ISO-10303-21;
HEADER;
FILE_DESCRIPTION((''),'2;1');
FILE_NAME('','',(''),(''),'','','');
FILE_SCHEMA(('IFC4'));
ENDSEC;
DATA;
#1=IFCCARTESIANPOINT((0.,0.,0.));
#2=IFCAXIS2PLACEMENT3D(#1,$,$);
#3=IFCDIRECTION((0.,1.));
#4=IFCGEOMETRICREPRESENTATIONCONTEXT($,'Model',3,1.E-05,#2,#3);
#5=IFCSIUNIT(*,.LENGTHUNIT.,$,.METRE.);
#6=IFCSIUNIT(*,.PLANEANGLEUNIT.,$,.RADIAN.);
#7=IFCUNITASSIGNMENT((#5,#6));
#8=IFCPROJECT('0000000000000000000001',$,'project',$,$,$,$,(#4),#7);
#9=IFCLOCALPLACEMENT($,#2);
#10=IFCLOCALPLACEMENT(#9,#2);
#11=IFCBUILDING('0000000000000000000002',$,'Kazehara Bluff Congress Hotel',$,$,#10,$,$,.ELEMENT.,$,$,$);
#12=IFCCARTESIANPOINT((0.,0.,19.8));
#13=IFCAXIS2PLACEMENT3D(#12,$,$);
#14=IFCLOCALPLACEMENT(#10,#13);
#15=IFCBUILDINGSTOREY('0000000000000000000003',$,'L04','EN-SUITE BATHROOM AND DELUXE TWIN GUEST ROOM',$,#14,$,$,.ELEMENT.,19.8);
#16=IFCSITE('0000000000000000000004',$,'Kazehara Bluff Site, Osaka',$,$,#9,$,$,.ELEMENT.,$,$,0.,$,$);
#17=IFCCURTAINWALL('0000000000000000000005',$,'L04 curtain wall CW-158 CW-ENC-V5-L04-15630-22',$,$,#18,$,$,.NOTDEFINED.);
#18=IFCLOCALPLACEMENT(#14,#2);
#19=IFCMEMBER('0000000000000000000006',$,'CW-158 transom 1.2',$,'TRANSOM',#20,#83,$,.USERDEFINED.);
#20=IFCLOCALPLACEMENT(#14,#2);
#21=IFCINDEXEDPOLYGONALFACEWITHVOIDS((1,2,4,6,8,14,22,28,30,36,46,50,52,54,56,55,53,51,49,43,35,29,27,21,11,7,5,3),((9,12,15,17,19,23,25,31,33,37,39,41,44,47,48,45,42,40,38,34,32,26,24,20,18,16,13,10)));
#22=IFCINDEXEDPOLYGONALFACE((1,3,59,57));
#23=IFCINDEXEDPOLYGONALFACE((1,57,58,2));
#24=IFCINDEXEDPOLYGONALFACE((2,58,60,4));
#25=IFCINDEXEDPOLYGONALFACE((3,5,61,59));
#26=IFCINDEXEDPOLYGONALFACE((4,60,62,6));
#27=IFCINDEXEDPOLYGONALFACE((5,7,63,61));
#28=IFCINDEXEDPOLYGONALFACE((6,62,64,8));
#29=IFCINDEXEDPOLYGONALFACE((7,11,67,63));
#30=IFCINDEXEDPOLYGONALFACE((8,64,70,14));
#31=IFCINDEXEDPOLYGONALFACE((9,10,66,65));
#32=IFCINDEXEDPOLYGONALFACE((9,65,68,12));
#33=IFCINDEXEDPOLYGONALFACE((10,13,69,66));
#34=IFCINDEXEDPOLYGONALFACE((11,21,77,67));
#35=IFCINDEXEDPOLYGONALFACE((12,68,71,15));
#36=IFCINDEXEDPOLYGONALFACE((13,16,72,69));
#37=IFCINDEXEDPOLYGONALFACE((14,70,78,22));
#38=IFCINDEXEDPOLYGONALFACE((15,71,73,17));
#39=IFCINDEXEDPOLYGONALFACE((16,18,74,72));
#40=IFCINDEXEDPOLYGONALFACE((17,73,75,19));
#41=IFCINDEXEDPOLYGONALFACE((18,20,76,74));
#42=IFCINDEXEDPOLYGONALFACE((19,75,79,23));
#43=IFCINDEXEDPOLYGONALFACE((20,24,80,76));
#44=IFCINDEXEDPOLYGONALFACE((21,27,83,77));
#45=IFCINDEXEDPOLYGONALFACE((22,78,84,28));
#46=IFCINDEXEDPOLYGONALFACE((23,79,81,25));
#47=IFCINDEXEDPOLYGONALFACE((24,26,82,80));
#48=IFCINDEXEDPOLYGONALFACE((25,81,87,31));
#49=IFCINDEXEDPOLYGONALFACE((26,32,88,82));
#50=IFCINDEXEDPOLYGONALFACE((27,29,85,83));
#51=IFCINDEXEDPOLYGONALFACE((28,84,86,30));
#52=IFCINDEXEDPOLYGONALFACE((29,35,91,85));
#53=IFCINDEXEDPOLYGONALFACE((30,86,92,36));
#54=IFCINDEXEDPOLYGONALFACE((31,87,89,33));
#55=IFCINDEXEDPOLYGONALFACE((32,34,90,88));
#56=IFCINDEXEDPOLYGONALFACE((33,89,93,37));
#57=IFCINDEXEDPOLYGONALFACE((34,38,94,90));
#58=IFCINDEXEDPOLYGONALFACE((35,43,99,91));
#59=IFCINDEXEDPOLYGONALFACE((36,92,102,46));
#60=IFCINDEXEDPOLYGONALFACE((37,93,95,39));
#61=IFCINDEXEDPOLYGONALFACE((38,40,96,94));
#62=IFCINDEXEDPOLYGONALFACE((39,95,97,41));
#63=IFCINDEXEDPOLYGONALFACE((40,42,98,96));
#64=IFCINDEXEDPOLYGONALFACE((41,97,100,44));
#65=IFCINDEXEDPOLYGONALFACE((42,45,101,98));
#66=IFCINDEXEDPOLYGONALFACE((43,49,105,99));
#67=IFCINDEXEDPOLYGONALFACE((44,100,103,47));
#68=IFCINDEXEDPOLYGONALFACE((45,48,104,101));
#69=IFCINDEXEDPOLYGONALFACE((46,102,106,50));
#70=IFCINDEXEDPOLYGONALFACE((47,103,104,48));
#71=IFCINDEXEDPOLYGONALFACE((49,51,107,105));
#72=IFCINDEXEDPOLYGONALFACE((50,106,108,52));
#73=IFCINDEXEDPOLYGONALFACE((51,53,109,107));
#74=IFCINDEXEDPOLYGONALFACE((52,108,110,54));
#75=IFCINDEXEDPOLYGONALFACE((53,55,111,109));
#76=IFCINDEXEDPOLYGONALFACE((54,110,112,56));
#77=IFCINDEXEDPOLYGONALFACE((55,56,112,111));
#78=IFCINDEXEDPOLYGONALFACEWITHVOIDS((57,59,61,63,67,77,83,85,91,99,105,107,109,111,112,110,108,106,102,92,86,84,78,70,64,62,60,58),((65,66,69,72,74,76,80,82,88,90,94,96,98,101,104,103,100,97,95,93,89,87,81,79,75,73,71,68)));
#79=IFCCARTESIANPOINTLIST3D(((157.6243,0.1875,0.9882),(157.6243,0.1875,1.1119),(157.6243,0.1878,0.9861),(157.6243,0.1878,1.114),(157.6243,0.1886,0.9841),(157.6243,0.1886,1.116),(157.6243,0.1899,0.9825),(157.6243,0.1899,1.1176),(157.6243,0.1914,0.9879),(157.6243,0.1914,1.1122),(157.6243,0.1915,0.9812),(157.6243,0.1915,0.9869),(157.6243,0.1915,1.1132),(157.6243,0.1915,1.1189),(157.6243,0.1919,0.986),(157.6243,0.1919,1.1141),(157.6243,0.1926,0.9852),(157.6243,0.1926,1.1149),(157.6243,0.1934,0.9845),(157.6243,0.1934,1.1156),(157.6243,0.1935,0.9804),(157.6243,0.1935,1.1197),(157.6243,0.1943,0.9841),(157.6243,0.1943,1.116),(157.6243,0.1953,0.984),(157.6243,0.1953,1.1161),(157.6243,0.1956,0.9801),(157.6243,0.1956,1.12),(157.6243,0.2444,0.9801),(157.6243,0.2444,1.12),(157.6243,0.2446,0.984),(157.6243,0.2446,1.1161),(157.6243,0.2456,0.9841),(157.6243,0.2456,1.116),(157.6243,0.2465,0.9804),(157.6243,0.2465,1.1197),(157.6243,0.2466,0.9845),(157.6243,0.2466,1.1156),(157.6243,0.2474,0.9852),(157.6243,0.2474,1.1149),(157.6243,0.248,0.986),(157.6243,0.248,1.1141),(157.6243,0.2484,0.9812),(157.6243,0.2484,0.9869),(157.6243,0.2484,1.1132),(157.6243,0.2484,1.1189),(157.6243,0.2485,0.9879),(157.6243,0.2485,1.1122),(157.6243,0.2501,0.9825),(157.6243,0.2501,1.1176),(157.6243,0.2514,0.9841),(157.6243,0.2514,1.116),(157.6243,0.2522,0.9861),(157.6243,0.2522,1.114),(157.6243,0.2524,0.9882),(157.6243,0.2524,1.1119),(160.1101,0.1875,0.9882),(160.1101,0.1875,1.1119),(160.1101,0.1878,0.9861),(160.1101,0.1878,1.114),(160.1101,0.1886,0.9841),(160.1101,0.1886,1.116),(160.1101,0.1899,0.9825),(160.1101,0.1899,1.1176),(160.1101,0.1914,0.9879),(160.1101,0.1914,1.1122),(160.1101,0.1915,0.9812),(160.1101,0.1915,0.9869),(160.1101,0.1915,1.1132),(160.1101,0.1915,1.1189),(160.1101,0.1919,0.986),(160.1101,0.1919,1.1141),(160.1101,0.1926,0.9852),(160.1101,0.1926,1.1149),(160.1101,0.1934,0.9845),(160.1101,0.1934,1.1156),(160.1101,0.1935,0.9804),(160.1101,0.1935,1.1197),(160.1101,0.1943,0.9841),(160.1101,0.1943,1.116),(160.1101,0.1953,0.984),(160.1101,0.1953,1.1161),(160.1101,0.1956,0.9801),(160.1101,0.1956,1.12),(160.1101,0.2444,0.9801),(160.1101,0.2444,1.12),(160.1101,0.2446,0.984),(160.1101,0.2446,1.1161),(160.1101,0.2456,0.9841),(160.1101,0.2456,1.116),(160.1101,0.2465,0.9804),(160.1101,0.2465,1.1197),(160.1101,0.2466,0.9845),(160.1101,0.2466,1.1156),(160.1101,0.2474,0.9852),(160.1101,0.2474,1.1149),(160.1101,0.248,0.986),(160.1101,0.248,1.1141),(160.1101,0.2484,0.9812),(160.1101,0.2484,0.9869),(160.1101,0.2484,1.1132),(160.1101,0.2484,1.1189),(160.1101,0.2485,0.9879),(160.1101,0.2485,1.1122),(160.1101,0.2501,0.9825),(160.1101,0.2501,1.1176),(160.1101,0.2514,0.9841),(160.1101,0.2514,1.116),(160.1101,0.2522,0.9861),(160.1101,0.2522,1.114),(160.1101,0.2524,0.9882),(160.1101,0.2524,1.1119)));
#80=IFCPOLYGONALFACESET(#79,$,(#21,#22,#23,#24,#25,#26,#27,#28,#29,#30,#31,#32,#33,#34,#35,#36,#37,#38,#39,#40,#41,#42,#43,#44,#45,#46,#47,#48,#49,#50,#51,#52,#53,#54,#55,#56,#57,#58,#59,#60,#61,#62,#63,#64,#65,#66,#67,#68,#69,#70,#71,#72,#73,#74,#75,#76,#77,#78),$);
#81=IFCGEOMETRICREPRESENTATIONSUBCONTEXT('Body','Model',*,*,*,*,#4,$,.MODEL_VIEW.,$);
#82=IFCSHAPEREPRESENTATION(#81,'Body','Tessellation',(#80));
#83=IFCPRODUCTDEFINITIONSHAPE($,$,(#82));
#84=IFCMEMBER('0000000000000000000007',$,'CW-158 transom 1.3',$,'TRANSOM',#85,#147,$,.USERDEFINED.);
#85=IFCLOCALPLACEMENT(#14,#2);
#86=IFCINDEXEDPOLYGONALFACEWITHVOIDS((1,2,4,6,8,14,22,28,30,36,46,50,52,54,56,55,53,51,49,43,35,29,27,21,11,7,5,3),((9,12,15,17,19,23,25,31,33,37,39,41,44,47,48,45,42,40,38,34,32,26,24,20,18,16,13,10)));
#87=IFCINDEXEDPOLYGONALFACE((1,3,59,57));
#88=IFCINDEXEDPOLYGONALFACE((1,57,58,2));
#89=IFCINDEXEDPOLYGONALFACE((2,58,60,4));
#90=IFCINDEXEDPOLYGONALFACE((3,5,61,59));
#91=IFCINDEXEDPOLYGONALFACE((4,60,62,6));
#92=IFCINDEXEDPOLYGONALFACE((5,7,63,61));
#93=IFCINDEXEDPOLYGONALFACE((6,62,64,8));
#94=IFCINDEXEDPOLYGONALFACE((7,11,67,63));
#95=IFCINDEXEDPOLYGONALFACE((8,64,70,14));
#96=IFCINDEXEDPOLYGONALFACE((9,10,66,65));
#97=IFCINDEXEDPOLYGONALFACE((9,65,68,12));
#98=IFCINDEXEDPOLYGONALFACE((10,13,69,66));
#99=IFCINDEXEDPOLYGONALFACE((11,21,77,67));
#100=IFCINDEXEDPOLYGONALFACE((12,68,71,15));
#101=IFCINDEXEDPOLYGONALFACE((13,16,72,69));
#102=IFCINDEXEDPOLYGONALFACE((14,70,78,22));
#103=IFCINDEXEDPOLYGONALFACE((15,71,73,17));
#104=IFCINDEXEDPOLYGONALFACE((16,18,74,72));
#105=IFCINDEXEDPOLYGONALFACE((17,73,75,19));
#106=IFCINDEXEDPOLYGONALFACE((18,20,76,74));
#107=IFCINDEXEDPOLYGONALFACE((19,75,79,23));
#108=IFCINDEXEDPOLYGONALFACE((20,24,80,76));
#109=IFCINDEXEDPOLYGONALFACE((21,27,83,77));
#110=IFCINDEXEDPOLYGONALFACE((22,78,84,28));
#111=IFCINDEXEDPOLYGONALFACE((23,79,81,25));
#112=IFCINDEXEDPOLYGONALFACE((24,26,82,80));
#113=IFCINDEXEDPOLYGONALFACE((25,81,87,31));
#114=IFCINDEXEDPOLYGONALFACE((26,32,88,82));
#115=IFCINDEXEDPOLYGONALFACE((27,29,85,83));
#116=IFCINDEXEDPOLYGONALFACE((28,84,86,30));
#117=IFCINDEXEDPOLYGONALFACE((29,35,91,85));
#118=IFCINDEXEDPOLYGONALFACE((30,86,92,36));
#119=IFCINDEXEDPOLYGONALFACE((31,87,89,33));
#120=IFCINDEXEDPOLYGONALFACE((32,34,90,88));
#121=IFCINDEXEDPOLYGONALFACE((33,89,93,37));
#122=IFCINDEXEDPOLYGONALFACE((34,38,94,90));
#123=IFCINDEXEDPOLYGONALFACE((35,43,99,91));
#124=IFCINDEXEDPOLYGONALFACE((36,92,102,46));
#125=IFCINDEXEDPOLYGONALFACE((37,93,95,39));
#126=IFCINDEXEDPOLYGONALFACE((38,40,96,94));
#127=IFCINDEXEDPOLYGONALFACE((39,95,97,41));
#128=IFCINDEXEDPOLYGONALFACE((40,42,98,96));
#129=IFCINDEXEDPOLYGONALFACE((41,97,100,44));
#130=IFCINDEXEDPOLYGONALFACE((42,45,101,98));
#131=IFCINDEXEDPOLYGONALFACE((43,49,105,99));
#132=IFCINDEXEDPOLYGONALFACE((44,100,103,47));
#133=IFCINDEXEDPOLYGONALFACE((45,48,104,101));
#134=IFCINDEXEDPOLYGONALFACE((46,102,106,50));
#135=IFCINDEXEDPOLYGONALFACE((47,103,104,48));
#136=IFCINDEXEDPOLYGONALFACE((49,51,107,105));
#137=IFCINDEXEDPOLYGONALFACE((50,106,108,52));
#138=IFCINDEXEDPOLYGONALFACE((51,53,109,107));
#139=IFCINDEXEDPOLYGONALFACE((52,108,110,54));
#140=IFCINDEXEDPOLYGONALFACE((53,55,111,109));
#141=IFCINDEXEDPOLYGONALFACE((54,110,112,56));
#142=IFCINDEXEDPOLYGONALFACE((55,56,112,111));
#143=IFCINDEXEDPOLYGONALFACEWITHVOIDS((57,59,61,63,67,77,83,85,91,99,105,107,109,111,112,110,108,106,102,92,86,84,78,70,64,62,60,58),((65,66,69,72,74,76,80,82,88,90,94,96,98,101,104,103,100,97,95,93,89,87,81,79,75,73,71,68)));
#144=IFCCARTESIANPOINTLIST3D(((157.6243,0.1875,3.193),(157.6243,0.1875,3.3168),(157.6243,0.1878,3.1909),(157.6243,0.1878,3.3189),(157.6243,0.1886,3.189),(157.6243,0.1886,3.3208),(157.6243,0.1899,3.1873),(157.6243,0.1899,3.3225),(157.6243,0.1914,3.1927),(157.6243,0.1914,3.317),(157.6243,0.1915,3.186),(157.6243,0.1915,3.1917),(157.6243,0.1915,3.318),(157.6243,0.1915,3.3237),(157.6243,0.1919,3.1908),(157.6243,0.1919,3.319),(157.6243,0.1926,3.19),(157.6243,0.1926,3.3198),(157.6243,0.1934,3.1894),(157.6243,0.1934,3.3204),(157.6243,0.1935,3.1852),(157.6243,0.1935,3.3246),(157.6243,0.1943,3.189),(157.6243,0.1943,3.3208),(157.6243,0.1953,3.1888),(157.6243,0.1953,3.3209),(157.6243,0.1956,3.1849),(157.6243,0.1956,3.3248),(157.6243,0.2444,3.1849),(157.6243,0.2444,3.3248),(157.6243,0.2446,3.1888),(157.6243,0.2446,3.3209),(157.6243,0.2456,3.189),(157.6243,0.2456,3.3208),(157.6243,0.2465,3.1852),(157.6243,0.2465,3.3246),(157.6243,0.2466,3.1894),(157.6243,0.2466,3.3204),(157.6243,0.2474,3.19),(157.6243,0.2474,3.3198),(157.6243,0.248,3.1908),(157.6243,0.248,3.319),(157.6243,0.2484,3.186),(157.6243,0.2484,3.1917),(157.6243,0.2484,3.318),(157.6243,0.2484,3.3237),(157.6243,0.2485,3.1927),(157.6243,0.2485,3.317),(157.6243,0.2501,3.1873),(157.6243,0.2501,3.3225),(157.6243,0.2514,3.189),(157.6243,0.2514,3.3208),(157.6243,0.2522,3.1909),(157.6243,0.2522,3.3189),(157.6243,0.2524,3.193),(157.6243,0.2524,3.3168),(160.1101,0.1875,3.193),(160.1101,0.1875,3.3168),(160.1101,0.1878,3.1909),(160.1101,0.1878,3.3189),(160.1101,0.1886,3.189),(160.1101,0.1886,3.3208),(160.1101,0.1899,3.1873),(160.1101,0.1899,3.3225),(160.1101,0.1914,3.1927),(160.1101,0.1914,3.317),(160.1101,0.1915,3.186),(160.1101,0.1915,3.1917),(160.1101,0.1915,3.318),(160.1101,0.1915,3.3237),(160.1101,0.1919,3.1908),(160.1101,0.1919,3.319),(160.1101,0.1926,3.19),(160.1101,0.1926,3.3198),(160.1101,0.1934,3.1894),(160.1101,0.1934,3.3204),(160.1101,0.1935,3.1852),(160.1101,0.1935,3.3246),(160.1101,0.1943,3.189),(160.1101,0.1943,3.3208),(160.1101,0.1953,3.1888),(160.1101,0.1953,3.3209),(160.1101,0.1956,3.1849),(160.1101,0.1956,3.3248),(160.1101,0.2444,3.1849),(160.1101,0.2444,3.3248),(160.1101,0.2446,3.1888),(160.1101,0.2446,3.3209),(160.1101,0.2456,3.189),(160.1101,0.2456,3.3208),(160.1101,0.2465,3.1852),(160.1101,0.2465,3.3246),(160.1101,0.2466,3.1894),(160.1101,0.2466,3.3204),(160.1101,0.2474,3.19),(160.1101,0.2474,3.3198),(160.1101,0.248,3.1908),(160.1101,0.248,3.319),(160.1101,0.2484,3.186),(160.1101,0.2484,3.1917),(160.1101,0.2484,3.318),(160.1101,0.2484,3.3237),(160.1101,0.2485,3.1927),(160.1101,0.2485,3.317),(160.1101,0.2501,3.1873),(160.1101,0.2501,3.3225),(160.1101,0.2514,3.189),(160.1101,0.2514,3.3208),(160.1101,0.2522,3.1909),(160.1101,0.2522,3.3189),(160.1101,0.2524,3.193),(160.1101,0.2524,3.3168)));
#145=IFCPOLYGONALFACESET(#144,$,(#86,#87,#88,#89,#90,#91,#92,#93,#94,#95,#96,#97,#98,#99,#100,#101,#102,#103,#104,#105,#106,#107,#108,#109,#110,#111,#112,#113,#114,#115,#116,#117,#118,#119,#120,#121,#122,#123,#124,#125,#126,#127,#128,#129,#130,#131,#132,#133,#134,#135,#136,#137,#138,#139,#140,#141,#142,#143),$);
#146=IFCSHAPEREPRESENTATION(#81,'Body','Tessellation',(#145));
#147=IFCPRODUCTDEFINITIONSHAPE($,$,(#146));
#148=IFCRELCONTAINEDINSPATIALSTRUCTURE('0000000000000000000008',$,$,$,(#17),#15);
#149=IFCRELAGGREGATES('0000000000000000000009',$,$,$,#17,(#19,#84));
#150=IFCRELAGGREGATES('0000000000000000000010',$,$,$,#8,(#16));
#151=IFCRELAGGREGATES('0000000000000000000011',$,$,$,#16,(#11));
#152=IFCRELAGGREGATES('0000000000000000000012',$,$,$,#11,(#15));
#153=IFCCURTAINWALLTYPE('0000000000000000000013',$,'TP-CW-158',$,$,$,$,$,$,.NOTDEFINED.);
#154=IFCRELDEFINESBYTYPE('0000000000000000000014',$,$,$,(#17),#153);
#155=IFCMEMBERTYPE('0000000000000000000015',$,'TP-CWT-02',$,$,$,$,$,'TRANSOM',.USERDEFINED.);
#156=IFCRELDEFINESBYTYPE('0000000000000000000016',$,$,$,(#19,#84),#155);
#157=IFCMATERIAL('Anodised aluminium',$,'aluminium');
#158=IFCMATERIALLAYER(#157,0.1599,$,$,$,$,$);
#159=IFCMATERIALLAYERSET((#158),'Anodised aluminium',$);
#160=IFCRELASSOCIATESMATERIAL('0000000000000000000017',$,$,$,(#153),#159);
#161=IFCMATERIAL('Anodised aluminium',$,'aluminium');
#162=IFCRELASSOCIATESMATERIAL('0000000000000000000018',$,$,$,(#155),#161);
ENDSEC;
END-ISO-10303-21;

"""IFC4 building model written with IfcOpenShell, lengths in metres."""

from ifc_helpers import new_model, si_unit, direction, frame, origin, origin_2d, place, context, subcontext, project, spatial, hollow_rectangle, extrude, material, layer, layer_set, material_profile, profile_set, type_object, element, aggregate, save


model = new_model("IFC4")

# Units and contexts
model_context = context("Model", 3, precision=1e-05, world=origin(), true_north=direction((0.0, 1.0)))
body_context = subcontext(model_context, "Body", "Model", "MODEL_VIEW")
ifc_project = project(units=[si_unit("LENGTHUNIT", "METRE"), si_unit("PLANEANGLEUNIT", "RADIAN")], contexts=[model_context])

# Site, building, storey
site_placement = place(None, origin())
site = spatial("IfcSite", under=ifc_project, at=site_placement, Name="Kazehara Bluff Site, Osaka", CompositionType="ELEMENT", RefElevation=0.0)
building_placement = place(site_placement, origin())
building = spatial("IfcBuilding", under=site, at=building_placement, Name="Kazehara Bluff Congress Hotel", CompositionType="ELEMENT")
storey_placement = place(building_placement, frame((0.0, 0.0, 19.8)))
storey = spatial("IfcBuildingStorey", under=building, at=storey_placement, Name="L04", Description="EN-SUITE BATHROOM AND DELUXE TWIN GUEST ROOM", CompositionType="ELEMENT", Elevation=19.8)

# Curtain wall
ifc_material_1 = material(Name="Anodised aluminium", Category="aluminium")
ifc_layer_1 = layer(ifc_material_1, 0.1599)
ifc_layer_set_1 = layer_set([ifc_layer_1], Name="Anodised aluminium")
curtain_wall_type_1 = type_object("IfcCurtainWallType", Name="TP-CW-158", PredefinedType="NOTDEFINED", material=ifc_layer_set_1)
curtain_wall_1_placement = place(storey_placement, origin())
curtain_wall_1 = element("IfcCurtainWall", 1, at=curtain_wall_1_placement, inside=storey, type_object=curtain_wall_type_1, Name="L04 curtain wall CW-158 CW-ENC-V5-L04-15630-22", PredefinedType="NOTDEFINED")

# Members
ifc_material_2 = material(Name="Anodised aluminium", Category="aluminium")
ifc_material_profile_1 = material_profile(ifc_material_2, hollow_rectangle(XDim=0.0649, YDim=0.1399, WallThickness=0.0039, InnerFilletRadius=0.0039, OuterFilletRadius=0.0081, at=origin_2d()))
ifc_profile_set_1 = profile_set([ifc_material_profile_1], Name="Anodised aluminium")
member_type_1 = type_object("IfcMemberType", Name="TP-CWT-02", ElementType="TRANSOM", PredefinedType="USERDEFINED", material=ifc_profile_set_1)
member_1_placement = place(storey_placement, frame((160.1101, 0.22, 1.05), z_axis=(-1.0, 0.0, 0.0), x_axis=(0.0, -1.0, 0.0)))
member_1 = element("IfcMember", 2, at=member_1_placement, type_object=member_type_1, Name="CW-158 transom 1.2", ObjectType="TRANSOM", PredefinedType="USERDEFINED", context=body_context, shape_type="SweptSolid", body=[
    extrude(hollow_rectangle(XDim=0.0649, YDim=0.1399, WallThickness=0.0039, InnerFilletRadius=0.0039, OuterFilletRadius=0.0081, at=origin_2d()), origin(), (0.0, 0.0, 1.0), 2.4858),
])
member_2_placement = place(storey_placement, frame((160.1101, 0.22, 3.2549), z_axis=(-1.0, 0.0, 0.0), x_axis=(0.0, -1.0, 0.0)))
member_2 = element("IfcMember", 3, at=member_2_placement, type_object=member_type_1, Name="CW-158 transom 1.3", ObjectType="TRANSOM", PredefinedType="USERDEFINED", context=body_context, shape_type="SweptSolid", body=[
    extrude(hollow_rectangle(XDim=0.0649, YDim=0.1399, WallThickness=0.0039, InnerFilletRadius=0.0039, OuterFilletRadius=0.0081, at=origin_2d()), origin(), (0.0, 0.0, 1.0), 2.4858),
])

aggregate(curtain_wall_1, [member_1, member_2])

save(model, "model.ifc")
